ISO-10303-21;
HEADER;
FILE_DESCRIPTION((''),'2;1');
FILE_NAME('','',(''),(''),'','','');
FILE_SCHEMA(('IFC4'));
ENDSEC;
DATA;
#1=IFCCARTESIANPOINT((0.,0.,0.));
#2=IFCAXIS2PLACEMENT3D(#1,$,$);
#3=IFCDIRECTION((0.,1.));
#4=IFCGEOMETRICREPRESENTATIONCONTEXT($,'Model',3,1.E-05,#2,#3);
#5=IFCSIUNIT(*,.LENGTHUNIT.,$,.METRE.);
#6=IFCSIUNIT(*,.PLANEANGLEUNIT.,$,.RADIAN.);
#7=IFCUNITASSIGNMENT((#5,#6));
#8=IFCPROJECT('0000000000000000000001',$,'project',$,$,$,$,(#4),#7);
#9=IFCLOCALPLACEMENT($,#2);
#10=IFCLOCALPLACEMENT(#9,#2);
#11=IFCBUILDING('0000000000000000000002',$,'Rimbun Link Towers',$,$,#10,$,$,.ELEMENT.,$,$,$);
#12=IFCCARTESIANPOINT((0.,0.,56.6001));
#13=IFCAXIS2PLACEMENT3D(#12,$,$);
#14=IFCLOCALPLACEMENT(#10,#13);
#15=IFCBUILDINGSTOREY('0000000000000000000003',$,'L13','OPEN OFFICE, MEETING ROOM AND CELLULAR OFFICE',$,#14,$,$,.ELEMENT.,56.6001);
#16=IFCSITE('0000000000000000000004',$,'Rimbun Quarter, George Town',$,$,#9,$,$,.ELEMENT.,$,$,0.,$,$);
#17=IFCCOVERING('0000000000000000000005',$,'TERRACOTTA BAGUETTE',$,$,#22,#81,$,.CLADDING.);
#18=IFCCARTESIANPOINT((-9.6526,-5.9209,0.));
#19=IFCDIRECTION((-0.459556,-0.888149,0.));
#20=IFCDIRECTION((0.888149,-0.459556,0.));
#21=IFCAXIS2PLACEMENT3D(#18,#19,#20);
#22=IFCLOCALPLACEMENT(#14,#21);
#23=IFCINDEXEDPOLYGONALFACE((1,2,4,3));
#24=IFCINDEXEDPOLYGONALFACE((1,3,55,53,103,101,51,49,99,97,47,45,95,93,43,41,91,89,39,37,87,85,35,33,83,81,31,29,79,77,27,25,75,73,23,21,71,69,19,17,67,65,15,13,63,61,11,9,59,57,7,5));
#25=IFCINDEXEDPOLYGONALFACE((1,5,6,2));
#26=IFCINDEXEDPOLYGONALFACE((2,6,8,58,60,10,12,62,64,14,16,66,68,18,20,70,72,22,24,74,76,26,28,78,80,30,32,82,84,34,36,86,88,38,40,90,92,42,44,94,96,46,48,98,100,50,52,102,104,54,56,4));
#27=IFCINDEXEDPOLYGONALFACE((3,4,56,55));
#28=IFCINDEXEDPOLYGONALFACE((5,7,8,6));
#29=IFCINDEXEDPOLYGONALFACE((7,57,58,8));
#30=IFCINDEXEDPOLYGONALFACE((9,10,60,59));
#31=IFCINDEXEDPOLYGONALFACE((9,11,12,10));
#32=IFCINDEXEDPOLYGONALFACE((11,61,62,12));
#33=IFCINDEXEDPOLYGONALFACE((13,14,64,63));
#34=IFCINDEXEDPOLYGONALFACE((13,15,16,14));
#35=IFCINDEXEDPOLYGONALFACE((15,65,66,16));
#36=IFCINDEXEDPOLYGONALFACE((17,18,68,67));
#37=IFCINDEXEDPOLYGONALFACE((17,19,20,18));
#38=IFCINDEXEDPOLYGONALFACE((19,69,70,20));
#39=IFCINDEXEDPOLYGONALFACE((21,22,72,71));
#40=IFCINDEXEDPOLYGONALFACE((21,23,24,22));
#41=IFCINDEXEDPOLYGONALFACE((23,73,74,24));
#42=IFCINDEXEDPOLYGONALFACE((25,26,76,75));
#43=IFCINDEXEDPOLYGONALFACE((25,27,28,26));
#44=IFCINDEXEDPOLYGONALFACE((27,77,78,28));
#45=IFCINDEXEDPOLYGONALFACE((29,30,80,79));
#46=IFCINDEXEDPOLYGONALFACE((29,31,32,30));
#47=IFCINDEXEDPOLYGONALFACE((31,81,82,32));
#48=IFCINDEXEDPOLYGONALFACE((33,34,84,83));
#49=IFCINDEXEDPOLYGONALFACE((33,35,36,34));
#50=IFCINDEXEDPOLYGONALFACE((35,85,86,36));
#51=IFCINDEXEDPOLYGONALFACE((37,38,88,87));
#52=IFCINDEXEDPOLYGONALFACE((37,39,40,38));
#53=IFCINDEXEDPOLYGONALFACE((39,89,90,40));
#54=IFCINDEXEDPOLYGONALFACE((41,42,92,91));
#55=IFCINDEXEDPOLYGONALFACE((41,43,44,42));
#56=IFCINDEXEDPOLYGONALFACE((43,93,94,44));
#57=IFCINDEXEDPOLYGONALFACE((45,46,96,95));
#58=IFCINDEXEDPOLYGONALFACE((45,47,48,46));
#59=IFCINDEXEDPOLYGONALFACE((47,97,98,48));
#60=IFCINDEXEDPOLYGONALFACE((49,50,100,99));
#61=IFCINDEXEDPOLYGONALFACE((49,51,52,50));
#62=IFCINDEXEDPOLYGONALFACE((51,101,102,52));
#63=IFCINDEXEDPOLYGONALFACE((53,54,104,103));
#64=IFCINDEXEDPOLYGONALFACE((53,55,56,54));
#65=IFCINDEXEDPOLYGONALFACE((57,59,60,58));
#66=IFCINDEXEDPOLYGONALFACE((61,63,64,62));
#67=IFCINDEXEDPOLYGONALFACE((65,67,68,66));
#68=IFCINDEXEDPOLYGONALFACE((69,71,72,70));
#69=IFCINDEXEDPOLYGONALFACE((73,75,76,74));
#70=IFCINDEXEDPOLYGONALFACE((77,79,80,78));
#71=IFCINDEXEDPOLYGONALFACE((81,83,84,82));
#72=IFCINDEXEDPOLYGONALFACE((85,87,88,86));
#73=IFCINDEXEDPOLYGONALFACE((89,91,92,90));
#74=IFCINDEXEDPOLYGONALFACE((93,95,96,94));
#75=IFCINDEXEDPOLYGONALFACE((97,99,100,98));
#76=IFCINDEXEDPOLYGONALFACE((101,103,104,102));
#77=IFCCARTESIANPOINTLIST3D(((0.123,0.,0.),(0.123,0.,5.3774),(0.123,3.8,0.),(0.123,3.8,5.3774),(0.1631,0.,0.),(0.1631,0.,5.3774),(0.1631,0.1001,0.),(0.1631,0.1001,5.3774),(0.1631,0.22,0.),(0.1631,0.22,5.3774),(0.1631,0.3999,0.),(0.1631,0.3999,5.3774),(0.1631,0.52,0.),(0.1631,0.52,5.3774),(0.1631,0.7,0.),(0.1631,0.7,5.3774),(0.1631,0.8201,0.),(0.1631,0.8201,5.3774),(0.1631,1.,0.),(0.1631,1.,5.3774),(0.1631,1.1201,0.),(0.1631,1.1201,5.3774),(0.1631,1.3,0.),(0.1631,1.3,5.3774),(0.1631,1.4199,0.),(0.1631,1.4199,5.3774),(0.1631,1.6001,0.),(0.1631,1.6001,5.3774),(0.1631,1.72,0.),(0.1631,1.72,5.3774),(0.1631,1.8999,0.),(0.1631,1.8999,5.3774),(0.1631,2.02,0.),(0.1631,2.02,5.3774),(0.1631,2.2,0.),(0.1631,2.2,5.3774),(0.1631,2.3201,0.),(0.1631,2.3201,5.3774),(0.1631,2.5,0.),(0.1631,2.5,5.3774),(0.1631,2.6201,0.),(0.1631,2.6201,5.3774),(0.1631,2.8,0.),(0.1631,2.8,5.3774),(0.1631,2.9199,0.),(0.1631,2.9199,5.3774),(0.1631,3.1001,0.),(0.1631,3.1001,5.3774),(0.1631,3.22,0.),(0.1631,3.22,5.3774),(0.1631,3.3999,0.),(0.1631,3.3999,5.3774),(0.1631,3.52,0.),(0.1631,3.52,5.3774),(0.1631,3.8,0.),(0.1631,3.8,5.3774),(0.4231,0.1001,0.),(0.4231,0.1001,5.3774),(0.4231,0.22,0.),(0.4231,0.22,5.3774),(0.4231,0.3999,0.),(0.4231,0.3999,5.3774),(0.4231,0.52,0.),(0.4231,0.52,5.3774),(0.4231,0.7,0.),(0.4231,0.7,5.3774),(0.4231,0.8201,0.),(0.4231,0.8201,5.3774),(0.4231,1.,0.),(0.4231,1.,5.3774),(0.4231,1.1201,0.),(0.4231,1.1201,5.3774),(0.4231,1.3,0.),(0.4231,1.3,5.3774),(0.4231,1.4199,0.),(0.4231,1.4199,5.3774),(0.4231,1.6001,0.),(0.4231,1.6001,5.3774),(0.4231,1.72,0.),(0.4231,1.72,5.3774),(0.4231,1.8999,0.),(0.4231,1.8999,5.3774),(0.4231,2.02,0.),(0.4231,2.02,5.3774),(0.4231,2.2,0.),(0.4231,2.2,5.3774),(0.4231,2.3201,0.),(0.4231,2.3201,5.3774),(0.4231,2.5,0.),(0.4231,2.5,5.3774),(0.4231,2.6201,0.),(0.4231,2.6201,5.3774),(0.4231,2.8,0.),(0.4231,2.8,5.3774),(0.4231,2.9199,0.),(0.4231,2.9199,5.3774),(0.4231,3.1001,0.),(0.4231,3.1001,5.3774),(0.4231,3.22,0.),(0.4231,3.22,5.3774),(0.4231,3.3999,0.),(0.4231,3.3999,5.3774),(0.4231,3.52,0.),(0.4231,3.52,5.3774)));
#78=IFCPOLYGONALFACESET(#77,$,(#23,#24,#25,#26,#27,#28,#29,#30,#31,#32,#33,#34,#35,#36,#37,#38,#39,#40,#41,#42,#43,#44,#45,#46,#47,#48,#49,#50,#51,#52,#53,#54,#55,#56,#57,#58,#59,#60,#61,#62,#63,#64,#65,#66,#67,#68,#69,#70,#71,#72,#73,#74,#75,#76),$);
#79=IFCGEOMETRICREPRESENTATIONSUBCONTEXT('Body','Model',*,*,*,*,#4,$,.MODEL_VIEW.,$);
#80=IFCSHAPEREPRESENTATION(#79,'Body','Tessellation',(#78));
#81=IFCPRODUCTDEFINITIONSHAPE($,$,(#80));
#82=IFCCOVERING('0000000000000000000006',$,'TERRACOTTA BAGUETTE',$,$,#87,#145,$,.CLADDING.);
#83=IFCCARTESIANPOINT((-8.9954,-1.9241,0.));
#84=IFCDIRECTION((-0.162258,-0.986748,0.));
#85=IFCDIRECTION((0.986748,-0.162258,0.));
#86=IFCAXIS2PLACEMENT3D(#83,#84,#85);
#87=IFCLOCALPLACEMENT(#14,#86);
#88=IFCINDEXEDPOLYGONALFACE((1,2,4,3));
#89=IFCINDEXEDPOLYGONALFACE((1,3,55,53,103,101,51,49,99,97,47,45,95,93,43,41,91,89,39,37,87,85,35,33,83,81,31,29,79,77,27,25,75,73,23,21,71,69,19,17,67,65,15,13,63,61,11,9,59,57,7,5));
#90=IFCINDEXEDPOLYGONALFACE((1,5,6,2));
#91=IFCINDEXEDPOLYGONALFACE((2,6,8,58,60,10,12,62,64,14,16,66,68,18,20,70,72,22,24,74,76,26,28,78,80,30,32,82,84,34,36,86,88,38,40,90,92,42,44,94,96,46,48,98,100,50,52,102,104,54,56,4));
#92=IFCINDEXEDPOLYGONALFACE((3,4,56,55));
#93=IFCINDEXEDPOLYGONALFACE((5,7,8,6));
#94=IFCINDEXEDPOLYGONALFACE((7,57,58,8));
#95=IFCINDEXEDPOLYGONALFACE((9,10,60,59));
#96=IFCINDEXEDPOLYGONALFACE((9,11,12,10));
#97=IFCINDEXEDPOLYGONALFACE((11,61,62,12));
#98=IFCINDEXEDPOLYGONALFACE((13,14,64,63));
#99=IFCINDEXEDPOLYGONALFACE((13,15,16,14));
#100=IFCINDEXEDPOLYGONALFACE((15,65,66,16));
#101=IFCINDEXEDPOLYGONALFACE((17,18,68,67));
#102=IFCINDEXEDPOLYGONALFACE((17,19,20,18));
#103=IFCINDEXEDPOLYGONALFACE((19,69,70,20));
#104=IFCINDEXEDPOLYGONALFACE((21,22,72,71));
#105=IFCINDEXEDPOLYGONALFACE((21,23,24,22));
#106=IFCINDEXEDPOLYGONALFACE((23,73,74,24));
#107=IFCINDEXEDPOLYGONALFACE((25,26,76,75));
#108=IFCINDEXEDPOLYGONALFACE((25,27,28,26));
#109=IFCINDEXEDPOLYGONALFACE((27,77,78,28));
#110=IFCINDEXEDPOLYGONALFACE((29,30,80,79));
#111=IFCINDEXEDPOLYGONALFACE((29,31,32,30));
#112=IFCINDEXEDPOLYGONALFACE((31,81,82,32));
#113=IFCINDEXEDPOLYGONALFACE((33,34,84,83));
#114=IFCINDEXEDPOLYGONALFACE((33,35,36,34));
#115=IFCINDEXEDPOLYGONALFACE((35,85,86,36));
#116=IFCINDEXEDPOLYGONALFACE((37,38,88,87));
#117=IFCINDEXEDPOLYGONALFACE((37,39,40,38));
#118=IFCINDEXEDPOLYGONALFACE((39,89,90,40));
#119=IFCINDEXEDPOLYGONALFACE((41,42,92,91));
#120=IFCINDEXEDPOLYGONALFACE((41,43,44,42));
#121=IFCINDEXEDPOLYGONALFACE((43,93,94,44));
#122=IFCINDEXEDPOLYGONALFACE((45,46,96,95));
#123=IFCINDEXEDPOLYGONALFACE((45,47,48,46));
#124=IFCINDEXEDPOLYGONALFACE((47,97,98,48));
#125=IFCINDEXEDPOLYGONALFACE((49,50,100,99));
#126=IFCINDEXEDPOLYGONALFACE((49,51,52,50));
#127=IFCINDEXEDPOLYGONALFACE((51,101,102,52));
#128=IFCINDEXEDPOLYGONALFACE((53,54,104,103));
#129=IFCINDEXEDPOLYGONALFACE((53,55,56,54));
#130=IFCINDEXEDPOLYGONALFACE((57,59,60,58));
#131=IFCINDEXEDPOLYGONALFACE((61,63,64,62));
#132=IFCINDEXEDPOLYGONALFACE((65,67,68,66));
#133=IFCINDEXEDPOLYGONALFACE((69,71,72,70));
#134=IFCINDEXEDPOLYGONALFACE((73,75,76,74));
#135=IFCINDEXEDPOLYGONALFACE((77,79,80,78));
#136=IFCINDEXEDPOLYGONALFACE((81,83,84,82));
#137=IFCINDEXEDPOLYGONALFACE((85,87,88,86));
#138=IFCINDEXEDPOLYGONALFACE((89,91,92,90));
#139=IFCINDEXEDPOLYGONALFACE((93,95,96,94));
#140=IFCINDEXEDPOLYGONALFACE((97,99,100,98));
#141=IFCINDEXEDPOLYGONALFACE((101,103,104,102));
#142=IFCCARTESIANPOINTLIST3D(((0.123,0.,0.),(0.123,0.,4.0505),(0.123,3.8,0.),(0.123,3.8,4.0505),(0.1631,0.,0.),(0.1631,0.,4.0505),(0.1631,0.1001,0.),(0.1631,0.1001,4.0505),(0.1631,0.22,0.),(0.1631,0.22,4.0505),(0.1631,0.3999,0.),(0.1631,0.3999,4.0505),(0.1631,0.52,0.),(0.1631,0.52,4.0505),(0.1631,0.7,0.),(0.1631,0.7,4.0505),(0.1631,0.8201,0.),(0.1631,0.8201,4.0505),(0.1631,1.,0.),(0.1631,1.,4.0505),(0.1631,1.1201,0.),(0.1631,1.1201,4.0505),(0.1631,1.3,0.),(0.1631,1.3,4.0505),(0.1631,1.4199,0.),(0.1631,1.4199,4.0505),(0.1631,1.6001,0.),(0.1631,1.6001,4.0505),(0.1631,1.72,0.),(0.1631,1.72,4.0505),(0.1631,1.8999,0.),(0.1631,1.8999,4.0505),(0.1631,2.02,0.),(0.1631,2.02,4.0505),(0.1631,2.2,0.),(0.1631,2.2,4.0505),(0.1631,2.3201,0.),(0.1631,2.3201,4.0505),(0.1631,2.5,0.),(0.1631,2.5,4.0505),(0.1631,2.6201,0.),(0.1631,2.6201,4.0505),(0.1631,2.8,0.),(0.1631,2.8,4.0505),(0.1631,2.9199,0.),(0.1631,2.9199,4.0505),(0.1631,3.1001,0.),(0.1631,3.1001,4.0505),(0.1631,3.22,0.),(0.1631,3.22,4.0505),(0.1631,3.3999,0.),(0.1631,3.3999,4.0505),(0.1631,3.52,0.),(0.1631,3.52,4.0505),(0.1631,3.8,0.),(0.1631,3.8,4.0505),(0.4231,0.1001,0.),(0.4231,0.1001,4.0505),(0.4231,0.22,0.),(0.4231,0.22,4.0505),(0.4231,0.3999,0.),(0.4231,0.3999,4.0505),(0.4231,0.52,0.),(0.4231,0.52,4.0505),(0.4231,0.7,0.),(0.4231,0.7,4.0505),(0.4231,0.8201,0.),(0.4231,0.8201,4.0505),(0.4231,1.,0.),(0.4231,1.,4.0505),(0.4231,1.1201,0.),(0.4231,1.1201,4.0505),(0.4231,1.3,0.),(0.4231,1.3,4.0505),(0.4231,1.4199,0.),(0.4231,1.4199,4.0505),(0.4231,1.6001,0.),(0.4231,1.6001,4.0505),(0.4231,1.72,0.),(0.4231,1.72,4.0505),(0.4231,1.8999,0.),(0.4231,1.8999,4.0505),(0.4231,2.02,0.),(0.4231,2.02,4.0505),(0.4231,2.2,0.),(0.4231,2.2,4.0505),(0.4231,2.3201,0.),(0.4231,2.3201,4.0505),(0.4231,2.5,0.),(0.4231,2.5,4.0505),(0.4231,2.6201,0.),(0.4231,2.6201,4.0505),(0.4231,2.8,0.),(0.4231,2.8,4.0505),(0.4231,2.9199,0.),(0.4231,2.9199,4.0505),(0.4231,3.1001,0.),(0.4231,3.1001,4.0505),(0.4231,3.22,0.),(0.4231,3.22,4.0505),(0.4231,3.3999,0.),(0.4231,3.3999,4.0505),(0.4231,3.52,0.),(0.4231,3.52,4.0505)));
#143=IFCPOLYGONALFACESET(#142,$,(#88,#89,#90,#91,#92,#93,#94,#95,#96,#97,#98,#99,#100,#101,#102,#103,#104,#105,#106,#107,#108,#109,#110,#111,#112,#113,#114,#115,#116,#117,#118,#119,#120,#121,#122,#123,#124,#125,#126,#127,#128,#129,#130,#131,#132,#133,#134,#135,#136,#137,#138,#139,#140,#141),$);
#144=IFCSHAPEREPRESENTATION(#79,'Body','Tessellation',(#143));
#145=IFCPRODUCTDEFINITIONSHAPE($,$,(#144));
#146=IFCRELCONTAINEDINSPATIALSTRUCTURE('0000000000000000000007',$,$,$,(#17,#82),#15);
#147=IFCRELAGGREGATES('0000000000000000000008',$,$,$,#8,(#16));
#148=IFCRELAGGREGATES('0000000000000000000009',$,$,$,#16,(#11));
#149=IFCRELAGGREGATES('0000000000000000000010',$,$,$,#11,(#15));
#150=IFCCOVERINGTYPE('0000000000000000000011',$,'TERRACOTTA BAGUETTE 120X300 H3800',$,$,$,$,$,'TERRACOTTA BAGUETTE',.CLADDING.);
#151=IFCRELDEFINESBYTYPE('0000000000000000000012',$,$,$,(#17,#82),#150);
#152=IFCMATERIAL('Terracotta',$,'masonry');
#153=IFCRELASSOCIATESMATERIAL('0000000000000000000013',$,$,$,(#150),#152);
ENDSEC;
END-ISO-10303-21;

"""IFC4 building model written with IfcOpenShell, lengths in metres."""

from ifc_helpers import new_model, si_unit, direction, frame, origin, place, context, subcontext, project, spatial, polyline, outline, extrude, material, material_profile, profile_set, type_object, element, save


model = new_model("IFC4")

# Units and contexts
model_context = context("Model", 3, precision=1e-05, world=origin(), true_north=direction((0.0, 1.0)))
body_context = subcontext(model_context, "Body", "Model", "MODEL_VIEW")
ifc_project = project(units=[si_unit("LENGTHUNIT", "METRE"), si_unit("PLANEANGLEUNIT", "RADIAN")], contexts=[model_context])

# Site, building, storey
site_placement = place(None, origin())
site = spatial("IfcSite", under=ifc_project, at=site_placement, Name="Rimbun Quarter, George Town", CompositionType="ELEMENT", RefElevation=0.0)
building_placement = place(site_placement, origin())
building = spatial("IfcBuilding", under=site, at=building_placement, Name="Rimbun Link Towers", CompositionType="ELEMENT")
storey_placement = place(building_placement, frame((0.0, 0.0, 56.6001)))
storey = spatial("IfcBuildingStorey", under=building, at=storey_placement, Name="L13", Description="OPEN OFFICE, MEETING ROOM AND CELLULAR OFFICE", CompositionType="ELEMENT", Elevation=56.6001)

# Coverings
ifc_material_1 = material(Name="Terracotta", Category="masonry")
ifc_material_profile_1 = material_profile(ifc_material_1, outline(polyline([(0.123, 0.0), (0.1631, 0.0), (0.1631, 0.1001), (0.4231, 0.1001), (0.4231, 0.22), (0.1631, 0.22), (0.1631, 0.3999), (0.4231, 0.3999), (0.4231, 0.52), (0.1631, 0.52), (0.1631, 0.7), (0.4231, 0.7), (0.4231, 0.8201), (0.1631, 0.8201), (0.1631, 1.0), (0.4231, 1.0), (0.4231, 1.1201), (0.1631, 1.1201), (0.1631, 1.3), (0.4231, 1.3), (0.4231, 1.4199), (0.1631, 1.4199), (0.1631, 1.6001), (0.4231, 1.6001), (0.4231, 1.72), (0.1631, 1.72), (0.1631, 1.8999), (0.4231, 1.8999), (0.4231, 2.02), (0.1631, 2.02), (0.1631, 2.2), (0.4231, 2.2), (0.4231, 2.3201), (0.1631, 2.3201), (0.1631, 2.5), (0.4231, 2.5), (0.4231, 2.6201), (0.1631, 2.6201), (0.1631, 2.8), (0.4231, 2.8), (0.4231, 2.9199), (0.1631, 2.9199), (0.1631, 3.1001), (0.4231, 3.1001), (0.4231, 3.22), (0.1631, 3.22), (0.1631, 3.3999), (0.4231, 3.3999), (0.4231, 3.52), (0.1631, 3.52), (0.1631, 3.8), (0.123, 3.8), (0.123, 0.0)])), Name="BAGUETTE 120X300")
ifc_profile_set_1 = profile_set([ifc_material_profile_1], Name="Terracotta")
covering_type = type_object("IfcCoveringType", Name="TERRACOTTA BAGUETTE 120X300 H3800", ElementType="TERRACOTTA BAGUETTE", PredefinedType="CLADDING", material=ifc_profile_set_1)
covering_1_placement = place(storey_placement, frame((-9.6526, -5.9209, 0.0), z_axis=(-0.459556, -0.888149, 0.0), x_axis=(0.888149, -0.459556, 0.0)))
element("IfcCovering", 1, at=covering_1_placement, inside=storey, type_object=covering_type, Name="TERRACOTTA BAGUETTE", PredefinedType="CLADDING", context=body_context, shape_type="SweptSolid", body=[
    extrude(outline(polyline([(0.123, 0.0), (0.1631, 0.0), (0.1631, 0.1001), (0.4231, 0.1001), (0.4231, 0.22), (0.1631, 0.22), (0.1631, 0.3999), (0.4231, 0.3999), (0.4231, 0.52), (0.1631, 0.52), (0.1631, 0.7), (0.4231, 0.7), (0.4231, 0.8201), (0.1631, 0.8201), (0.1631, 1.0), (0.4231, 1.0), (0.4231, 1.1201), (0.1631, 1.1201), (0.1631, 1.3), (0.4231, 1.3), (0.4231, 1.4199), (0.1631, 1.4199), (0.1631, 1.6001), (0.4231, 1.6001), (0.4231, 1.72), (0.1631, 1.72), (0.1631, 1.8999), (0.4231, 1.8999), (0.4231, 2.02), (0.1631, 2.02), (0.1631, 2.2), (0.4231, 2.2), (0.4231, 2.3201), (0.1631, 2.3201), (0.1631, 2.5), (0.4231, 2.5), (0.4231, 2.6201), (0.1631, 2.6201), (0.1631, 2.8), (0.4231, 2.8), (0.4231, 2.9199), (0.1631, 2.9199), (0.1631, 3.1001), (0.4231, 3.1001), (0.4231, 3.22), (0.1631, 3.22), (0.1631, 3.3999), (0.4231, 3.3999), (0.4231, 3.52), (0.1631, 3.52), (0.1631, 3.8), (0.123, 3.8), (0.123, 0.0)])), origin(), (0.0, 0.0, 1.0), 5.3774),
])
covering_2_placement = place(storey_placement, frame((-8.9954, -1.9241, 0.0), z_axis=(-0.162258, -0.986748, 0.0), x_axis=(0.986748, -0.162258, 0.0)))
element("IfcCovering", 2, at=covering_2_placement, inside=storey, type_object=covering_type, Name="TERRACOTTA BAGUETTE", PredefinedType="CLADDING", context=body_context, shape_type="SweptSolid", body=[
    extrude(outline(polyline([(0.123, 0.0), (0.1631, 0.0), (0.1631, 0.1001), (0.4231, 0.1001), (0.4231, 0.22), (0.1631, 0.22), (0.1631, 0.3999), (0.4231, 0.3999), (0.4231, 0.52), (0.1631, 0.52), (0.1631, 0.7), (0.4231, 0.7), (0.4231, 0.8201), (0.1631, 0.8201), (0.1631, 1.0), (0.4231, 1.0), (0.4231, 1.1201), (0.1631, 1.1201), (0.1631, 1.3), (0.4231, 1.3), (0.4231, 1.4199), (0.1631, 1.4199), (0.1631, 1.6001), (0.4231, 1.6001), (0.4231, 1.72), (0.1631, 1.72), (0.1631, 1.8999), (0.4231, 1.8999), (0.4231, 2.02), (0.1631, 2.02), (0.1631, 2.2), (0.4231, 2.2), (0.4231, 2.3201), (0.1631, 2.3201), (0.1631, 2.5), (0.4231, 2.5), (0.4231, 2.6201), (0.1631, 2.6201), (0.1631, 2.8), (0.4231, 2.8), (0.4231, 2.9199), (0.1631, 2.9199), (0.1631, 3.1001), (0.4231, 3.1001), (0.4231, 3.22), (0.1631, 3.22), (0.1631, 3.3999), (0.4231, 3.3999), (0.4231, 3.52), (0.1631, 3.52), (0.1631, 3.8), (0.123, 3.8), (0.123, 0.0)])), origin(), (0.0, 0.0, 1.0), 4.0505),
])

save(model, "model.ifc")
